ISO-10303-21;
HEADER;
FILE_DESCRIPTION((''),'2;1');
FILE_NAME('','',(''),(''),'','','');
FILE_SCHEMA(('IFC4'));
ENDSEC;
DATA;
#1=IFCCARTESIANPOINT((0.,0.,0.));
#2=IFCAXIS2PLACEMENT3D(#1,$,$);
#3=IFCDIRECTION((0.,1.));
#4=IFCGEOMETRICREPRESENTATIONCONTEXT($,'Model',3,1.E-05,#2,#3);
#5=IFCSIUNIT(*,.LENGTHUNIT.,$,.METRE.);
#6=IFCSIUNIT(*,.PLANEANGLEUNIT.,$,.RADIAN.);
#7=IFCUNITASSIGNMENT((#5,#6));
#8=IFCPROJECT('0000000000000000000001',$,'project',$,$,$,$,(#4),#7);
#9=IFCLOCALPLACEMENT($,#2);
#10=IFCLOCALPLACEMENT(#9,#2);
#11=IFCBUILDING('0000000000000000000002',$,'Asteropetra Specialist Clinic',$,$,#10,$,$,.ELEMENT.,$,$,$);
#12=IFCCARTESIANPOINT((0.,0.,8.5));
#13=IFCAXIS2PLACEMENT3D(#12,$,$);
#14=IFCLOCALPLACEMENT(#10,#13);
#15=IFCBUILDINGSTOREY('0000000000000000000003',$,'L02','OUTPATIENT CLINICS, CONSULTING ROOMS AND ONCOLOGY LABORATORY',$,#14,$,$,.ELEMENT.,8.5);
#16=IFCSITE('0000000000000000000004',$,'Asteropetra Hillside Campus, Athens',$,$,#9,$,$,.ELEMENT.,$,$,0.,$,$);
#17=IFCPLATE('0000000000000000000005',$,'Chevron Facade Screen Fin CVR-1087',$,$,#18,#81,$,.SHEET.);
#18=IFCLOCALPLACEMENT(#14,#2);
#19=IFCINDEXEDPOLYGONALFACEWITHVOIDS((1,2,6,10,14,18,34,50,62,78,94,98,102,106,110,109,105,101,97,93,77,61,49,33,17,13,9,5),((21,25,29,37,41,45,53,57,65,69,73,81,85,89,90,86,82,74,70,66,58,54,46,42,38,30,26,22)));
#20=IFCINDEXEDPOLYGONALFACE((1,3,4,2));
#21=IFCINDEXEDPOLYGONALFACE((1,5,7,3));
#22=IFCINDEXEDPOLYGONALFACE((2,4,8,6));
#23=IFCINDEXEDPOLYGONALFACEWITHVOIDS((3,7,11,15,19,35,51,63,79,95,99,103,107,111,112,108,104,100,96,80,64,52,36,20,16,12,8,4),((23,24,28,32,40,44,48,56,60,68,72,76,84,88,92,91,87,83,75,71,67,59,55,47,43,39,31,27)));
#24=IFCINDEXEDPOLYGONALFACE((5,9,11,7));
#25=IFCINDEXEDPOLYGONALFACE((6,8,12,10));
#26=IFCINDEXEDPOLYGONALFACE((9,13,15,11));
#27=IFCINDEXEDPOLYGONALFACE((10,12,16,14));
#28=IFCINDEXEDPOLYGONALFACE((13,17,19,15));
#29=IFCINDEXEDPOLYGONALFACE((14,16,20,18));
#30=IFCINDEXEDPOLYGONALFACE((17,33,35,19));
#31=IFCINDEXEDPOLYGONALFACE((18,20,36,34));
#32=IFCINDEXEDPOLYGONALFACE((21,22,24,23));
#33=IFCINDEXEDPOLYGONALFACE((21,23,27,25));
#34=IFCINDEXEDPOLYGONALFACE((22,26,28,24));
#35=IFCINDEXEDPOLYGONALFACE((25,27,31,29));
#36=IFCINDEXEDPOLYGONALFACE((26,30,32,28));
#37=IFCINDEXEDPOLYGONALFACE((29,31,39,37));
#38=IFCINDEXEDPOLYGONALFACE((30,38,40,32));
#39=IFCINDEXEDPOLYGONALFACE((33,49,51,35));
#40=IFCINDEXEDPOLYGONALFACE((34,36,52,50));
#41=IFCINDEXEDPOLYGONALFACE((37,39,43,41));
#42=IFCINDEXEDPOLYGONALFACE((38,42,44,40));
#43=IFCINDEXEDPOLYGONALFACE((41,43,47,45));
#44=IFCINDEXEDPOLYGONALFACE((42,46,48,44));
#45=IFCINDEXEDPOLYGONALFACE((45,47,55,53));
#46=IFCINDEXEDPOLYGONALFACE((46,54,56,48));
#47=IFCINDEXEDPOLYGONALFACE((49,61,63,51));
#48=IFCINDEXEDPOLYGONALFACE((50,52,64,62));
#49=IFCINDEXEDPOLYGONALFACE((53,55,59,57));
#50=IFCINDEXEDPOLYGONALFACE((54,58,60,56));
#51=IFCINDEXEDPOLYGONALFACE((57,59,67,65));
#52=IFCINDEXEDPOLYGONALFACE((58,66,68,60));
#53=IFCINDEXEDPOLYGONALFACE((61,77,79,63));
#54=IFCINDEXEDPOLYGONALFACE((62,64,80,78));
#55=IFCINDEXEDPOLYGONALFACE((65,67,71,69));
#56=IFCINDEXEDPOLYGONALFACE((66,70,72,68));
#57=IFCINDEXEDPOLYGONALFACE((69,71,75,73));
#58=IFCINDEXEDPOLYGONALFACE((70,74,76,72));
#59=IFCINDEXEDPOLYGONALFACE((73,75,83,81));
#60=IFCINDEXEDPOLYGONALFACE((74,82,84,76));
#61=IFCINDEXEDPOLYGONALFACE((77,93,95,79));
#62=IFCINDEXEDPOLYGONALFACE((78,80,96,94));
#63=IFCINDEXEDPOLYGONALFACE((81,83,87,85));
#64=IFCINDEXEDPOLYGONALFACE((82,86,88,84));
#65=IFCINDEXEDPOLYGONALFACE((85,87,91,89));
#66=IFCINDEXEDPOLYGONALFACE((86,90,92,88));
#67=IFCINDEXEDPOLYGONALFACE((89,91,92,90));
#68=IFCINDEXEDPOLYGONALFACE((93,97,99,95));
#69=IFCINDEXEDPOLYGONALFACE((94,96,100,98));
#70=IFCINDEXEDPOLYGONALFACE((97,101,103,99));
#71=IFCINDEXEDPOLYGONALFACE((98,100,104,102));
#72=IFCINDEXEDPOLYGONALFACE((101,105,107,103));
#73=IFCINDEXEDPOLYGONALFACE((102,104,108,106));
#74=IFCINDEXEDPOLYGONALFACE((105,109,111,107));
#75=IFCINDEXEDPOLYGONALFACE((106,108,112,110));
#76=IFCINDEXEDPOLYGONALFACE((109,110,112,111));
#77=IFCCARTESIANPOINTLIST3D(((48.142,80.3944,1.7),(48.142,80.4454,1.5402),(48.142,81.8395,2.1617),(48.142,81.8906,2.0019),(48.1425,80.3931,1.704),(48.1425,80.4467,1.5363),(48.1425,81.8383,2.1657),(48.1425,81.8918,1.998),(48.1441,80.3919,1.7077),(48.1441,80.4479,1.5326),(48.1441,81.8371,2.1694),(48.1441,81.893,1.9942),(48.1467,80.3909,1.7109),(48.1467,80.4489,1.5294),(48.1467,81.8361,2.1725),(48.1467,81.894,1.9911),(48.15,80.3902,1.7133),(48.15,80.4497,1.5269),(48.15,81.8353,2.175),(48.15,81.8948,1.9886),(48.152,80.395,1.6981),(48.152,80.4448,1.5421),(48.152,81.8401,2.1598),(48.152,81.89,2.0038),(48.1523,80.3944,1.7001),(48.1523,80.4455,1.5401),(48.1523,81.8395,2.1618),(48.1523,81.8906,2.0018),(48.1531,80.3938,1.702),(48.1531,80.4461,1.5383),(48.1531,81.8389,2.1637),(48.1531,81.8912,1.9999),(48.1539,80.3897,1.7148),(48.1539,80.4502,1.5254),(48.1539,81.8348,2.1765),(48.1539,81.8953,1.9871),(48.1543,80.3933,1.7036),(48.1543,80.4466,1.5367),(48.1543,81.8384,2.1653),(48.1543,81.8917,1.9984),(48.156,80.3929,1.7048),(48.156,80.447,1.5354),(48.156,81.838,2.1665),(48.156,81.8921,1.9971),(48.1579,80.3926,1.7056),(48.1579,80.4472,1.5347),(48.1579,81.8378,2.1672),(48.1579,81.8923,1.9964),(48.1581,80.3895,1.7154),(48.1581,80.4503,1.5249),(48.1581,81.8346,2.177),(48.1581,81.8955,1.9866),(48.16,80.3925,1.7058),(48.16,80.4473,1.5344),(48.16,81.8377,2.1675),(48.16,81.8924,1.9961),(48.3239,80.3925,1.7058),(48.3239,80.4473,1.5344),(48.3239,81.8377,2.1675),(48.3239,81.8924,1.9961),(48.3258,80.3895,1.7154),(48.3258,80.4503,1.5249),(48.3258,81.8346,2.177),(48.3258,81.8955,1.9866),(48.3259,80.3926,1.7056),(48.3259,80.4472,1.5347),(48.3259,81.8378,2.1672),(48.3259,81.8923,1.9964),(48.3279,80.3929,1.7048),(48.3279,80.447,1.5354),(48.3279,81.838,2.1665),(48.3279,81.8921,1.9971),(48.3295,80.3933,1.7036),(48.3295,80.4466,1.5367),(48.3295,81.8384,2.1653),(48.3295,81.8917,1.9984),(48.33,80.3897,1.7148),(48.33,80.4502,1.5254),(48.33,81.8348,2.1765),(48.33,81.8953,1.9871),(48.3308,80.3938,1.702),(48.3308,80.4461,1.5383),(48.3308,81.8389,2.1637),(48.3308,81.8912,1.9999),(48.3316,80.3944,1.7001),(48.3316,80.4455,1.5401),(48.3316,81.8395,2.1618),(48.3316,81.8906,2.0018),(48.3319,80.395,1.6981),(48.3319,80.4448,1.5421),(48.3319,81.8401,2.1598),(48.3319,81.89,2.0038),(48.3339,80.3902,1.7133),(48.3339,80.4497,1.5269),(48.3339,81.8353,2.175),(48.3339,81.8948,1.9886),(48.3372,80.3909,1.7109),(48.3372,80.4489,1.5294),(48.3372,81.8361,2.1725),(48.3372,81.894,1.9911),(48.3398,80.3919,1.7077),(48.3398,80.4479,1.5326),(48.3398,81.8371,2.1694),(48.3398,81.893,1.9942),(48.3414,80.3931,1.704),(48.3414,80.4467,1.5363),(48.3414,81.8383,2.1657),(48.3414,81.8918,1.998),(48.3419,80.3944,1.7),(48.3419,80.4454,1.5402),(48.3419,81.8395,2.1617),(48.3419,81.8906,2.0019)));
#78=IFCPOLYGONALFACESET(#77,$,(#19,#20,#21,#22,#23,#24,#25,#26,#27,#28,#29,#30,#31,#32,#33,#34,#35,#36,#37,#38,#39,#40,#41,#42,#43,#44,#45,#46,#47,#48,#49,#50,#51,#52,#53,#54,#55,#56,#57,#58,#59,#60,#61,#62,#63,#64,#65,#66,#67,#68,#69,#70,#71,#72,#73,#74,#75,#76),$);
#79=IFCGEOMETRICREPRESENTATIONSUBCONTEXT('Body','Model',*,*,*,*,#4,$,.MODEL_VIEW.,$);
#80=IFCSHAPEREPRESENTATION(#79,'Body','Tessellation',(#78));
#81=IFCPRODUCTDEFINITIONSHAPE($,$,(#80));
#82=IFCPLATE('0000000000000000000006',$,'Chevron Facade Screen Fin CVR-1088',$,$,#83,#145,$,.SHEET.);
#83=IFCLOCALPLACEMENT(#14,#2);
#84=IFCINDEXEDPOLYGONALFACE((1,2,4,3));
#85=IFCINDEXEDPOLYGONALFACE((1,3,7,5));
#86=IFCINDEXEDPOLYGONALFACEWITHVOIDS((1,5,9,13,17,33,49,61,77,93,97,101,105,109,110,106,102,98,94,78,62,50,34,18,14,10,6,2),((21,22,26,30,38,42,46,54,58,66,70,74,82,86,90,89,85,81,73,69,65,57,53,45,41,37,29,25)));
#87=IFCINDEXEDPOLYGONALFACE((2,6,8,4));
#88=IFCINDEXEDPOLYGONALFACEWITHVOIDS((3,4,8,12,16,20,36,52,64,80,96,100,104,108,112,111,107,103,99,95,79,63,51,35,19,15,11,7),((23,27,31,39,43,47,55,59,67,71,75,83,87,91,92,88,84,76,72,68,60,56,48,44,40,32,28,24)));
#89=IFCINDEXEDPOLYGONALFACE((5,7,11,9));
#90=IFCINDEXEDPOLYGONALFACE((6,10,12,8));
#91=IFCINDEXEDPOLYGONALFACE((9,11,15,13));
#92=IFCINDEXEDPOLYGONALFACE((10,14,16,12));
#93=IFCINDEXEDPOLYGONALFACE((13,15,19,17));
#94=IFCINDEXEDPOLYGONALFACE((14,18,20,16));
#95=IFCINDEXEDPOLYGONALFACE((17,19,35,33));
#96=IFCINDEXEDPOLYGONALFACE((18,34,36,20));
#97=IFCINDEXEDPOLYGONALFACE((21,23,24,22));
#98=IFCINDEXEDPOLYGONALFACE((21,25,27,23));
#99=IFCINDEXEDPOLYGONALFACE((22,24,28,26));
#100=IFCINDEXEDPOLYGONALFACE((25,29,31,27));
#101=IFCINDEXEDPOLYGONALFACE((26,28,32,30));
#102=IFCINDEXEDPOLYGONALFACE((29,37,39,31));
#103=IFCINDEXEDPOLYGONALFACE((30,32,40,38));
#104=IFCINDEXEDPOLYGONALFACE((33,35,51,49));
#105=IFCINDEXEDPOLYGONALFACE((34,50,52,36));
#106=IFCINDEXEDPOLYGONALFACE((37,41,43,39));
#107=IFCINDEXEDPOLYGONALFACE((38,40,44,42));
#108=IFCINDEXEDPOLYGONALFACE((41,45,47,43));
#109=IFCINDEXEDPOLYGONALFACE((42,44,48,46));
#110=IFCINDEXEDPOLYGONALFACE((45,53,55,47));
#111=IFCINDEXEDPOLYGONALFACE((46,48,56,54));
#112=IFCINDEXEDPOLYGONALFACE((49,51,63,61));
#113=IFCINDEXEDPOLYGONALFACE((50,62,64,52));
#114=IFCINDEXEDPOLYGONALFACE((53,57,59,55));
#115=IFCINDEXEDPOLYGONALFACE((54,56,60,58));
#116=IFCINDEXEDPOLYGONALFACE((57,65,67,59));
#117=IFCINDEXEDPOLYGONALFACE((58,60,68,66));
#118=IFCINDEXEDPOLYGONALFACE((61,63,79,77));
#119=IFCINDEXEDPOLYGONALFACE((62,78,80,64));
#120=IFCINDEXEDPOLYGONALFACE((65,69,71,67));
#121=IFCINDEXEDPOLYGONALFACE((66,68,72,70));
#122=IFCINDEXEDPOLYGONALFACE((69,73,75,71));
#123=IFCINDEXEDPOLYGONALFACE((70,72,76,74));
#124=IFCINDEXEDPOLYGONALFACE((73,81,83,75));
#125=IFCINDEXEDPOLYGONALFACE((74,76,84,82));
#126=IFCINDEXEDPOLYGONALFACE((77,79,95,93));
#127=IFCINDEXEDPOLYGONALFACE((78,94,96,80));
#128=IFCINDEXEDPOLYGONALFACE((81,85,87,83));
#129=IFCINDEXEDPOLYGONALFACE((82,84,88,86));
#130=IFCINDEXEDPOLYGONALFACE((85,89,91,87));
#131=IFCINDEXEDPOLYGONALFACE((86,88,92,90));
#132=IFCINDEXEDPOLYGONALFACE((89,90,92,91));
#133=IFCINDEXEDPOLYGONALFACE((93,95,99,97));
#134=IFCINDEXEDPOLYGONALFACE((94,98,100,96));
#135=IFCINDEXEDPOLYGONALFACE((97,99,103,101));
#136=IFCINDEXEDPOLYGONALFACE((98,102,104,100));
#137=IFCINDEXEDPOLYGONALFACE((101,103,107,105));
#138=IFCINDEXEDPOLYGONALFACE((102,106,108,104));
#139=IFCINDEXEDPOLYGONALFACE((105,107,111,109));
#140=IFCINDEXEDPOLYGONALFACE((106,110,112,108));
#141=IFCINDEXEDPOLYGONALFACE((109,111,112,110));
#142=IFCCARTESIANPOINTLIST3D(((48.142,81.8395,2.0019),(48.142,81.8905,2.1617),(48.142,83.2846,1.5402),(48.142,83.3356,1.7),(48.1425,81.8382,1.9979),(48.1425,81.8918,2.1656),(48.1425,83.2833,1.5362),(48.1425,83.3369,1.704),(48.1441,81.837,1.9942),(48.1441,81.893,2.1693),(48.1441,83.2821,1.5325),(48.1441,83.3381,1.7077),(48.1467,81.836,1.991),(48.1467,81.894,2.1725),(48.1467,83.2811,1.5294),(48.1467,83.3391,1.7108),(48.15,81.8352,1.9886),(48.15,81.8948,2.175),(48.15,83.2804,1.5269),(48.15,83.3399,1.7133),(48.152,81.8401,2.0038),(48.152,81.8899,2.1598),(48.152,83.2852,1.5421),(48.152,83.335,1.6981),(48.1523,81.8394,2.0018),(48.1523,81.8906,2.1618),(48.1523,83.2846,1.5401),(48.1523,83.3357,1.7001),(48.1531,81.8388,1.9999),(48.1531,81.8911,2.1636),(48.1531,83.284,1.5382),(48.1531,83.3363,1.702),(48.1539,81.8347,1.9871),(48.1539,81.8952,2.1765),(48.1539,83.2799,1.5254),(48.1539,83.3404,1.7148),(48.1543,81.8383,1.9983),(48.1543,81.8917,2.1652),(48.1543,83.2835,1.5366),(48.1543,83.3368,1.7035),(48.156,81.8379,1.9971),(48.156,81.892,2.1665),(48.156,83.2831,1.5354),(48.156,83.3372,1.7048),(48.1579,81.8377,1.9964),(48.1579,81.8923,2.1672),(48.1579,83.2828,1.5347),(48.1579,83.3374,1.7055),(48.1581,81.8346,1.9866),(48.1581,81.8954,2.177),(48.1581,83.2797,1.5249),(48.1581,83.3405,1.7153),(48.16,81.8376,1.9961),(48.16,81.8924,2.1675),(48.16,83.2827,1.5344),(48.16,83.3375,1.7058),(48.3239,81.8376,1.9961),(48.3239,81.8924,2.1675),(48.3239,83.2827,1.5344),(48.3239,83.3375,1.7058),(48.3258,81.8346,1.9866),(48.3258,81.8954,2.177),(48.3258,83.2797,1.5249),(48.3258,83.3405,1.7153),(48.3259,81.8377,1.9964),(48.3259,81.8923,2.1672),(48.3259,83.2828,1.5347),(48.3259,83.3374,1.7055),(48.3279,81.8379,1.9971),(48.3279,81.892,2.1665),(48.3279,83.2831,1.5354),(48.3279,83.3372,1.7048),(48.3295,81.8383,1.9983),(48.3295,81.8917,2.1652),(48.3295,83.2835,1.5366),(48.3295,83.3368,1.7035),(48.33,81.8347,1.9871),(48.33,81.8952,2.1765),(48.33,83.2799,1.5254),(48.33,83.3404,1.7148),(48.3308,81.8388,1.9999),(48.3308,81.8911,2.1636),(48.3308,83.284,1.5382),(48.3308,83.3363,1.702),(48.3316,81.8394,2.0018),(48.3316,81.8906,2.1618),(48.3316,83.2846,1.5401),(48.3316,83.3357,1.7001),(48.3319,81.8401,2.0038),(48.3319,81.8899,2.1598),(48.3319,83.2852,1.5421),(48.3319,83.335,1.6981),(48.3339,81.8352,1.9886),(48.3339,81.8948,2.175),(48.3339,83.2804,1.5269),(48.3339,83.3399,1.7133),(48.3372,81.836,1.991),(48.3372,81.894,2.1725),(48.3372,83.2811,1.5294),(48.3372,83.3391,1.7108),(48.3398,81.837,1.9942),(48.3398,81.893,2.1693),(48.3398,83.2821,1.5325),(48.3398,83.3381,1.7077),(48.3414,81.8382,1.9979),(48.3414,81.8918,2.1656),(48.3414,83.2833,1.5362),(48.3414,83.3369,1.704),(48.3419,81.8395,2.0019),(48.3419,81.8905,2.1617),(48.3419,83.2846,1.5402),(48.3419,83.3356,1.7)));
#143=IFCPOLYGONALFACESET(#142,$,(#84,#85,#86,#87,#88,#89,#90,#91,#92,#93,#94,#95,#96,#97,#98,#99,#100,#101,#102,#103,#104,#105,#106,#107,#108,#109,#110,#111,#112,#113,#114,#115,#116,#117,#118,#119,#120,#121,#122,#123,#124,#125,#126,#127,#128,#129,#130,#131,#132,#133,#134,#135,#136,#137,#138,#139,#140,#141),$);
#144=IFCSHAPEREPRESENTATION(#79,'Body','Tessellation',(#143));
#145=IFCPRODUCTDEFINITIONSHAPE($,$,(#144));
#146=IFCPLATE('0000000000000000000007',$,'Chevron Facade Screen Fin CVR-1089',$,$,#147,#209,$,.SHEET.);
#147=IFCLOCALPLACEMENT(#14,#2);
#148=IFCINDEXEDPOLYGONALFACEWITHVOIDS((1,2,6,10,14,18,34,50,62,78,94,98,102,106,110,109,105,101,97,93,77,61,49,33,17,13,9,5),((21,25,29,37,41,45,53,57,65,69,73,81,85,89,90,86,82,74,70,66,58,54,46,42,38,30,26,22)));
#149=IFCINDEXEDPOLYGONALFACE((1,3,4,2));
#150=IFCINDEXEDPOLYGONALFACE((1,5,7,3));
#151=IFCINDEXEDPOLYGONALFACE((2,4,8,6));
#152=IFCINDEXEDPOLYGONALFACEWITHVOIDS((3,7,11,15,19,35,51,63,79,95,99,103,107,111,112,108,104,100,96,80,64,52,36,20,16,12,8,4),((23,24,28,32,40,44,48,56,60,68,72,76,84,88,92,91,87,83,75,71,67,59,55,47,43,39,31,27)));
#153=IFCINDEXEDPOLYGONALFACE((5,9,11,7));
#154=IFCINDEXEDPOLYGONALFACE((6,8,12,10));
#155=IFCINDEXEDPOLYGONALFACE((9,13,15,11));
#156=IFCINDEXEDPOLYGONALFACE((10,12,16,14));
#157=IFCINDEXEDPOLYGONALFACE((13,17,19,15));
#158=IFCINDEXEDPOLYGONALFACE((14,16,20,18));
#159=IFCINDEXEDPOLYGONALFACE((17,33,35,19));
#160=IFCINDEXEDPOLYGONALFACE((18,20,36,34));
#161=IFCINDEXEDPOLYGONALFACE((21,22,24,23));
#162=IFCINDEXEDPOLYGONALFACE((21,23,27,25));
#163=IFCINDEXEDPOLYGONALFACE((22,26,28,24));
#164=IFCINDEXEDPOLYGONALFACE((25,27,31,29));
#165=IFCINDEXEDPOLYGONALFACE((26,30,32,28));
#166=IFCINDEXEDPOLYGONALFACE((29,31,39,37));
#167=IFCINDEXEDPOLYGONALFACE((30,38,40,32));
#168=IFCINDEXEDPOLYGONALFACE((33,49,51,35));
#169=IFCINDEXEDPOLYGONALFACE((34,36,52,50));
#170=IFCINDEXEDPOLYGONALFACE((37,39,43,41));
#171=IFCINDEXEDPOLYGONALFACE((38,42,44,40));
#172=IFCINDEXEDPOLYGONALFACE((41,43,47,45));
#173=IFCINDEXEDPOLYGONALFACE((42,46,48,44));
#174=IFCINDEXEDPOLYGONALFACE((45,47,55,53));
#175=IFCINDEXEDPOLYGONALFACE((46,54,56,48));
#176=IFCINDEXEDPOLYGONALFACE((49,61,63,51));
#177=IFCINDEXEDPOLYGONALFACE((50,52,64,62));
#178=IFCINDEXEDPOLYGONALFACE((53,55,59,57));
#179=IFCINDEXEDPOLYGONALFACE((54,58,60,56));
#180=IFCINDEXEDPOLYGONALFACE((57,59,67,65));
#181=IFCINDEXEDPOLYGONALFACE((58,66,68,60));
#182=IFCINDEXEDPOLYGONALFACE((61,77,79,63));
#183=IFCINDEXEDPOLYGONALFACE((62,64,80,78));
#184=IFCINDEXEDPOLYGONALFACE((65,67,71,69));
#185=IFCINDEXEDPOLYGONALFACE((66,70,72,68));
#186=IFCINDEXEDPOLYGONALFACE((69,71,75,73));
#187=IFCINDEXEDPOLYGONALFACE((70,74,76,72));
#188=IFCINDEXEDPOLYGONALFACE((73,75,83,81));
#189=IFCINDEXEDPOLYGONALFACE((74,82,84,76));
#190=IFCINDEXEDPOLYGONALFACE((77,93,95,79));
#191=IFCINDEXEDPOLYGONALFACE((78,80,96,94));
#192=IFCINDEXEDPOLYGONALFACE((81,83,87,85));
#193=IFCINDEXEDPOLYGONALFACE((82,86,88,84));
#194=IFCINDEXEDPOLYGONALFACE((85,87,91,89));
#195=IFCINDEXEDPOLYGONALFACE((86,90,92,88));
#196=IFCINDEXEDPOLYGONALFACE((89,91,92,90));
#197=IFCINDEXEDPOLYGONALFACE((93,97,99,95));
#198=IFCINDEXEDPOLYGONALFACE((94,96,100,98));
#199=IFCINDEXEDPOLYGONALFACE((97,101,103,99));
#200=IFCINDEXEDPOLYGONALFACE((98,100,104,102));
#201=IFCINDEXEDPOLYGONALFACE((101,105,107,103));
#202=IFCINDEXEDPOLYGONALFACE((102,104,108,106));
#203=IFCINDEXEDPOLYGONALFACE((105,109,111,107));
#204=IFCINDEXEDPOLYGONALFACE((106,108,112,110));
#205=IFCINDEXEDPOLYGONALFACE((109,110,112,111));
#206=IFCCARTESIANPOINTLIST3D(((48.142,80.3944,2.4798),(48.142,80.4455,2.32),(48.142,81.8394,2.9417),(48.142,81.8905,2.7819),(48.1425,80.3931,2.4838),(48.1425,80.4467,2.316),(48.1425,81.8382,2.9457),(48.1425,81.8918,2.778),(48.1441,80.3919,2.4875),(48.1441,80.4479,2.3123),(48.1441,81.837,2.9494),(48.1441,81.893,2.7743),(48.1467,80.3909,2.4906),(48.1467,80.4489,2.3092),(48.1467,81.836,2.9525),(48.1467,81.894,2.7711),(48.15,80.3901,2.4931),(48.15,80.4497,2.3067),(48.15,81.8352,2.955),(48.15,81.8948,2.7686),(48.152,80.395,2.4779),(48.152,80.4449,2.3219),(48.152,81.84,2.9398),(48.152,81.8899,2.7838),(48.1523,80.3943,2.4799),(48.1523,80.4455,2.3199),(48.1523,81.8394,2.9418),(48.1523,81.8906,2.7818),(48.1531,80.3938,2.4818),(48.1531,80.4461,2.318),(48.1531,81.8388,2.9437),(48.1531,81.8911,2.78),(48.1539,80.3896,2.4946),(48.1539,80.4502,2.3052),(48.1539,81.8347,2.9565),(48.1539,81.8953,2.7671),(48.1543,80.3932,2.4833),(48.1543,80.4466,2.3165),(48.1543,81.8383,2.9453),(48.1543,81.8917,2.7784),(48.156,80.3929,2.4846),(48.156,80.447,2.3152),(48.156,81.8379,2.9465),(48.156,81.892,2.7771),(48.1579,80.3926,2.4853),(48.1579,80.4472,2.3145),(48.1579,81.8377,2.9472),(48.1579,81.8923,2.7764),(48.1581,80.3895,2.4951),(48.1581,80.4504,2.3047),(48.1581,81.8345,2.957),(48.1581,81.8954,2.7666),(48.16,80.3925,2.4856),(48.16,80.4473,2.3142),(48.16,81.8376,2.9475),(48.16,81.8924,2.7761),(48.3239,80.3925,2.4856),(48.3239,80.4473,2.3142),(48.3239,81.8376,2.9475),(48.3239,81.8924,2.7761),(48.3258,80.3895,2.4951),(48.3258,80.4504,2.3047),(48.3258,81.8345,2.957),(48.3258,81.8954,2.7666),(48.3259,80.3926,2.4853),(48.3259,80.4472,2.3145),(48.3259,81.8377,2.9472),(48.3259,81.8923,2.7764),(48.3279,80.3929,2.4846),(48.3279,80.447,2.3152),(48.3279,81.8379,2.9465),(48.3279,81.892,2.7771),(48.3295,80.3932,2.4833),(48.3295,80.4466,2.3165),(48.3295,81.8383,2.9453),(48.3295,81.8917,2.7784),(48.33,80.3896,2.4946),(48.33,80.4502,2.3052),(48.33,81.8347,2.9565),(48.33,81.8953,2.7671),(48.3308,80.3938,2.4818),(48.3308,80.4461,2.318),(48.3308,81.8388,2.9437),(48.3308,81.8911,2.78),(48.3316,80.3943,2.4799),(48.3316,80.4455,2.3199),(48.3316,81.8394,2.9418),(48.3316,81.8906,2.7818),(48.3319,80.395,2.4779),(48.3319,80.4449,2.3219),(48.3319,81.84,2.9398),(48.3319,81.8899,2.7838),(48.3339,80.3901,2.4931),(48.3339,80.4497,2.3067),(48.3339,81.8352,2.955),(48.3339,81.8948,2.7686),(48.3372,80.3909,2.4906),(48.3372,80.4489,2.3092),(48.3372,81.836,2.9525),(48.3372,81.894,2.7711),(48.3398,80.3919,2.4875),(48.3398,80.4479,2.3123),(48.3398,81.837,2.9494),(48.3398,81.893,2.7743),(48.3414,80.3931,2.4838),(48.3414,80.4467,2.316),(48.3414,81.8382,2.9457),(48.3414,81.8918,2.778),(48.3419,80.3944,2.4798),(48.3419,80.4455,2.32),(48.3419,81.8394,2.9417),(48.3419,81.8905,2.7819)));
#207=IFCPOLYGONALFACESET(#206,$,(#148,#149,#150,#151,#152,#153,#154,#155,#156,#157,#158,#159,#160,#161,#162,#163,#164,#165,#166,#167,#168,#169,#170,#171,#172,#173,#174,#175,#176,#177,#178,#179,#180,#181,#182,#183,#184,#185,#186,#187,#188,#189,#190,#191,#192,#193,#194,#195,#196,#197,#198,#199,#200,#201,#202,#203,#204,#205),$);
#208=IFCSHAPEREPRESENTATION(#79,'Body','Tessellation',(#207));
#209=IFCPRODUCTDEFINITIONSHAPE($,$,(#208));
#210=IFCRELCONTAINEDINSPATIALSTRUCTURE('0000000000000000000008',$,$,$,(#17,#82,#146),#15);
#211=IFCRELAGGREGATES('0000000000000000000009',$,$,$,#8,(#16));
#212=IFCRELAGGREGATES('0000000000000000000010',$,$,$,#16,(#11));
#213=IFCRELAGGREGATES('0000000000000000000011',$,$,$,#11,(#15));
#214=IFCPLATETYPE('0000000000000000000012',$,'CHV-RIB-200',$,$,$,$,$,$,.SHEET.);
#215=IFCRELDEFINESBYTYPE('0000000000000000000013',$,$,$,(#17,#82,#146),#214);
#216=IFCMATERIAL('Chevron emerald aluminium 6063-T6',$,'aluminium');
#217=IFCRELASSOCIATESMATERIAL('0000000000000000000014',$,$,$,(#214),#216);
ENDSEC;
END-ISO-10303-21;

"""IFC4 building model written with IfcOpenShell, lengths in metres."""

from ifc_helpers import new_model, si_unit, direction, frame, origin, origin_2d, place, context, subcontext, project, spatial, hollow_rectangle, extrude, material, material_profile, profile_set, type_object, element, save


model = new_model("IFC4")

# Units and contexts
model_context = context("Model", 3, precision=1e-05, world=origin(), true_north=direction((0.0, 1.0)))
body_context = subcontext(model_context, "Body", "Model", "MODEL_VIEW")
ifc_project = project(units=[si_unit("LENGTHUNIT", "METRE"), si_unit("PLANEANGLEUNIT", "RADIAN")], contexts=[model_context])

# Site, building, storey
site_placement = place(None, origin())
site = spatial("IfcSite", under=ifc_project, at=site_placement, Name="Asteropetra Hillside Campus, Athens", CompositionType="ELEMENT", RefElevation=0.0)
building_placement = place(site_placement, origin())
building = spatial("IfcBuilding", under=site, at=building_placement, Name="Asteropetra Specialist Clinic", CompositionType="ELEMENT")
storey_placement = place(building_placement, frame((0.0, 0.0, 8.5)))
storey = spatial("IfcBuildingStorey", under=building, at=storey_placement, Name="L02", Description="OUTPATIENT CLINICS, CONSULTING ROOMS AND ONCOLOGY LABORATORY", CompositionType="ELEMENT", Elevation=8.5)

# Plates
ifc_material_1 = material(Name="Chevron emerald aluminium 6063-T6", Category="aluminium")
ifc_material_profile_1 = material_profile(ifc_material_1, hollow_rectangle(XDim=0.2, YDim=0.2, WallThickness=0.01, InnerFilletRadius=0.0081, OuterFilletRadius=0.0161, at=origin_2d()), Name="SHS 200x200x10.0")
ifc_profile_set_1 = profile_set([ifc_material_profile_1], Name="Chevron emerald aluminium 6063-T6")
plate_type_1 = type_object("IfcPlateType", Name="CHV-RIB-200", PredefinedType="SHEET", material=ifc_profile_set_1)
for number, where, z_axis, x_axis, name in (
    (1, (48.2419, 80.4199, 1.6201), (0.0, 0.952568, 0.304326), (-1.0, 0.0, 0.0), "Chevron Facade Screen Fin CVR-1087"),
    (2, (48.2419, 81.865, 2.0818), (0.0, 0.952568, -0.304326), (-1.0, 0.0, 0.0), "Chevron Facade Screen Fin CVR-1088"),
    (3, (48.2419, 80.4199, 2.3999), (0.0, 0.952521, 0.304472), (-1.0, 0.0, 0.0), "Chevron Facade Screen Fin CVR-1089"),
):
    element("IfcPlate", number, at=place(storey_placement, frame(where, z_axis=z_axis, x_axis=x_axis)), inside=storey, type_object=plate_type_1, Name=name, PredefinedType="SHEET", context=body_context, shape_type="SweptSolid", body=[
        extrude(hollow_rectangle(XDim=0.2, YDim=0.2, WallThickness=0.01, InnerFilletRadius=0.0081, OuterFilletRadius=0.0161, at=origin_2d()), origin(), (0.0, 0.0, 1.0), 1.5171),
    ])

save(model, "model.ifc")
